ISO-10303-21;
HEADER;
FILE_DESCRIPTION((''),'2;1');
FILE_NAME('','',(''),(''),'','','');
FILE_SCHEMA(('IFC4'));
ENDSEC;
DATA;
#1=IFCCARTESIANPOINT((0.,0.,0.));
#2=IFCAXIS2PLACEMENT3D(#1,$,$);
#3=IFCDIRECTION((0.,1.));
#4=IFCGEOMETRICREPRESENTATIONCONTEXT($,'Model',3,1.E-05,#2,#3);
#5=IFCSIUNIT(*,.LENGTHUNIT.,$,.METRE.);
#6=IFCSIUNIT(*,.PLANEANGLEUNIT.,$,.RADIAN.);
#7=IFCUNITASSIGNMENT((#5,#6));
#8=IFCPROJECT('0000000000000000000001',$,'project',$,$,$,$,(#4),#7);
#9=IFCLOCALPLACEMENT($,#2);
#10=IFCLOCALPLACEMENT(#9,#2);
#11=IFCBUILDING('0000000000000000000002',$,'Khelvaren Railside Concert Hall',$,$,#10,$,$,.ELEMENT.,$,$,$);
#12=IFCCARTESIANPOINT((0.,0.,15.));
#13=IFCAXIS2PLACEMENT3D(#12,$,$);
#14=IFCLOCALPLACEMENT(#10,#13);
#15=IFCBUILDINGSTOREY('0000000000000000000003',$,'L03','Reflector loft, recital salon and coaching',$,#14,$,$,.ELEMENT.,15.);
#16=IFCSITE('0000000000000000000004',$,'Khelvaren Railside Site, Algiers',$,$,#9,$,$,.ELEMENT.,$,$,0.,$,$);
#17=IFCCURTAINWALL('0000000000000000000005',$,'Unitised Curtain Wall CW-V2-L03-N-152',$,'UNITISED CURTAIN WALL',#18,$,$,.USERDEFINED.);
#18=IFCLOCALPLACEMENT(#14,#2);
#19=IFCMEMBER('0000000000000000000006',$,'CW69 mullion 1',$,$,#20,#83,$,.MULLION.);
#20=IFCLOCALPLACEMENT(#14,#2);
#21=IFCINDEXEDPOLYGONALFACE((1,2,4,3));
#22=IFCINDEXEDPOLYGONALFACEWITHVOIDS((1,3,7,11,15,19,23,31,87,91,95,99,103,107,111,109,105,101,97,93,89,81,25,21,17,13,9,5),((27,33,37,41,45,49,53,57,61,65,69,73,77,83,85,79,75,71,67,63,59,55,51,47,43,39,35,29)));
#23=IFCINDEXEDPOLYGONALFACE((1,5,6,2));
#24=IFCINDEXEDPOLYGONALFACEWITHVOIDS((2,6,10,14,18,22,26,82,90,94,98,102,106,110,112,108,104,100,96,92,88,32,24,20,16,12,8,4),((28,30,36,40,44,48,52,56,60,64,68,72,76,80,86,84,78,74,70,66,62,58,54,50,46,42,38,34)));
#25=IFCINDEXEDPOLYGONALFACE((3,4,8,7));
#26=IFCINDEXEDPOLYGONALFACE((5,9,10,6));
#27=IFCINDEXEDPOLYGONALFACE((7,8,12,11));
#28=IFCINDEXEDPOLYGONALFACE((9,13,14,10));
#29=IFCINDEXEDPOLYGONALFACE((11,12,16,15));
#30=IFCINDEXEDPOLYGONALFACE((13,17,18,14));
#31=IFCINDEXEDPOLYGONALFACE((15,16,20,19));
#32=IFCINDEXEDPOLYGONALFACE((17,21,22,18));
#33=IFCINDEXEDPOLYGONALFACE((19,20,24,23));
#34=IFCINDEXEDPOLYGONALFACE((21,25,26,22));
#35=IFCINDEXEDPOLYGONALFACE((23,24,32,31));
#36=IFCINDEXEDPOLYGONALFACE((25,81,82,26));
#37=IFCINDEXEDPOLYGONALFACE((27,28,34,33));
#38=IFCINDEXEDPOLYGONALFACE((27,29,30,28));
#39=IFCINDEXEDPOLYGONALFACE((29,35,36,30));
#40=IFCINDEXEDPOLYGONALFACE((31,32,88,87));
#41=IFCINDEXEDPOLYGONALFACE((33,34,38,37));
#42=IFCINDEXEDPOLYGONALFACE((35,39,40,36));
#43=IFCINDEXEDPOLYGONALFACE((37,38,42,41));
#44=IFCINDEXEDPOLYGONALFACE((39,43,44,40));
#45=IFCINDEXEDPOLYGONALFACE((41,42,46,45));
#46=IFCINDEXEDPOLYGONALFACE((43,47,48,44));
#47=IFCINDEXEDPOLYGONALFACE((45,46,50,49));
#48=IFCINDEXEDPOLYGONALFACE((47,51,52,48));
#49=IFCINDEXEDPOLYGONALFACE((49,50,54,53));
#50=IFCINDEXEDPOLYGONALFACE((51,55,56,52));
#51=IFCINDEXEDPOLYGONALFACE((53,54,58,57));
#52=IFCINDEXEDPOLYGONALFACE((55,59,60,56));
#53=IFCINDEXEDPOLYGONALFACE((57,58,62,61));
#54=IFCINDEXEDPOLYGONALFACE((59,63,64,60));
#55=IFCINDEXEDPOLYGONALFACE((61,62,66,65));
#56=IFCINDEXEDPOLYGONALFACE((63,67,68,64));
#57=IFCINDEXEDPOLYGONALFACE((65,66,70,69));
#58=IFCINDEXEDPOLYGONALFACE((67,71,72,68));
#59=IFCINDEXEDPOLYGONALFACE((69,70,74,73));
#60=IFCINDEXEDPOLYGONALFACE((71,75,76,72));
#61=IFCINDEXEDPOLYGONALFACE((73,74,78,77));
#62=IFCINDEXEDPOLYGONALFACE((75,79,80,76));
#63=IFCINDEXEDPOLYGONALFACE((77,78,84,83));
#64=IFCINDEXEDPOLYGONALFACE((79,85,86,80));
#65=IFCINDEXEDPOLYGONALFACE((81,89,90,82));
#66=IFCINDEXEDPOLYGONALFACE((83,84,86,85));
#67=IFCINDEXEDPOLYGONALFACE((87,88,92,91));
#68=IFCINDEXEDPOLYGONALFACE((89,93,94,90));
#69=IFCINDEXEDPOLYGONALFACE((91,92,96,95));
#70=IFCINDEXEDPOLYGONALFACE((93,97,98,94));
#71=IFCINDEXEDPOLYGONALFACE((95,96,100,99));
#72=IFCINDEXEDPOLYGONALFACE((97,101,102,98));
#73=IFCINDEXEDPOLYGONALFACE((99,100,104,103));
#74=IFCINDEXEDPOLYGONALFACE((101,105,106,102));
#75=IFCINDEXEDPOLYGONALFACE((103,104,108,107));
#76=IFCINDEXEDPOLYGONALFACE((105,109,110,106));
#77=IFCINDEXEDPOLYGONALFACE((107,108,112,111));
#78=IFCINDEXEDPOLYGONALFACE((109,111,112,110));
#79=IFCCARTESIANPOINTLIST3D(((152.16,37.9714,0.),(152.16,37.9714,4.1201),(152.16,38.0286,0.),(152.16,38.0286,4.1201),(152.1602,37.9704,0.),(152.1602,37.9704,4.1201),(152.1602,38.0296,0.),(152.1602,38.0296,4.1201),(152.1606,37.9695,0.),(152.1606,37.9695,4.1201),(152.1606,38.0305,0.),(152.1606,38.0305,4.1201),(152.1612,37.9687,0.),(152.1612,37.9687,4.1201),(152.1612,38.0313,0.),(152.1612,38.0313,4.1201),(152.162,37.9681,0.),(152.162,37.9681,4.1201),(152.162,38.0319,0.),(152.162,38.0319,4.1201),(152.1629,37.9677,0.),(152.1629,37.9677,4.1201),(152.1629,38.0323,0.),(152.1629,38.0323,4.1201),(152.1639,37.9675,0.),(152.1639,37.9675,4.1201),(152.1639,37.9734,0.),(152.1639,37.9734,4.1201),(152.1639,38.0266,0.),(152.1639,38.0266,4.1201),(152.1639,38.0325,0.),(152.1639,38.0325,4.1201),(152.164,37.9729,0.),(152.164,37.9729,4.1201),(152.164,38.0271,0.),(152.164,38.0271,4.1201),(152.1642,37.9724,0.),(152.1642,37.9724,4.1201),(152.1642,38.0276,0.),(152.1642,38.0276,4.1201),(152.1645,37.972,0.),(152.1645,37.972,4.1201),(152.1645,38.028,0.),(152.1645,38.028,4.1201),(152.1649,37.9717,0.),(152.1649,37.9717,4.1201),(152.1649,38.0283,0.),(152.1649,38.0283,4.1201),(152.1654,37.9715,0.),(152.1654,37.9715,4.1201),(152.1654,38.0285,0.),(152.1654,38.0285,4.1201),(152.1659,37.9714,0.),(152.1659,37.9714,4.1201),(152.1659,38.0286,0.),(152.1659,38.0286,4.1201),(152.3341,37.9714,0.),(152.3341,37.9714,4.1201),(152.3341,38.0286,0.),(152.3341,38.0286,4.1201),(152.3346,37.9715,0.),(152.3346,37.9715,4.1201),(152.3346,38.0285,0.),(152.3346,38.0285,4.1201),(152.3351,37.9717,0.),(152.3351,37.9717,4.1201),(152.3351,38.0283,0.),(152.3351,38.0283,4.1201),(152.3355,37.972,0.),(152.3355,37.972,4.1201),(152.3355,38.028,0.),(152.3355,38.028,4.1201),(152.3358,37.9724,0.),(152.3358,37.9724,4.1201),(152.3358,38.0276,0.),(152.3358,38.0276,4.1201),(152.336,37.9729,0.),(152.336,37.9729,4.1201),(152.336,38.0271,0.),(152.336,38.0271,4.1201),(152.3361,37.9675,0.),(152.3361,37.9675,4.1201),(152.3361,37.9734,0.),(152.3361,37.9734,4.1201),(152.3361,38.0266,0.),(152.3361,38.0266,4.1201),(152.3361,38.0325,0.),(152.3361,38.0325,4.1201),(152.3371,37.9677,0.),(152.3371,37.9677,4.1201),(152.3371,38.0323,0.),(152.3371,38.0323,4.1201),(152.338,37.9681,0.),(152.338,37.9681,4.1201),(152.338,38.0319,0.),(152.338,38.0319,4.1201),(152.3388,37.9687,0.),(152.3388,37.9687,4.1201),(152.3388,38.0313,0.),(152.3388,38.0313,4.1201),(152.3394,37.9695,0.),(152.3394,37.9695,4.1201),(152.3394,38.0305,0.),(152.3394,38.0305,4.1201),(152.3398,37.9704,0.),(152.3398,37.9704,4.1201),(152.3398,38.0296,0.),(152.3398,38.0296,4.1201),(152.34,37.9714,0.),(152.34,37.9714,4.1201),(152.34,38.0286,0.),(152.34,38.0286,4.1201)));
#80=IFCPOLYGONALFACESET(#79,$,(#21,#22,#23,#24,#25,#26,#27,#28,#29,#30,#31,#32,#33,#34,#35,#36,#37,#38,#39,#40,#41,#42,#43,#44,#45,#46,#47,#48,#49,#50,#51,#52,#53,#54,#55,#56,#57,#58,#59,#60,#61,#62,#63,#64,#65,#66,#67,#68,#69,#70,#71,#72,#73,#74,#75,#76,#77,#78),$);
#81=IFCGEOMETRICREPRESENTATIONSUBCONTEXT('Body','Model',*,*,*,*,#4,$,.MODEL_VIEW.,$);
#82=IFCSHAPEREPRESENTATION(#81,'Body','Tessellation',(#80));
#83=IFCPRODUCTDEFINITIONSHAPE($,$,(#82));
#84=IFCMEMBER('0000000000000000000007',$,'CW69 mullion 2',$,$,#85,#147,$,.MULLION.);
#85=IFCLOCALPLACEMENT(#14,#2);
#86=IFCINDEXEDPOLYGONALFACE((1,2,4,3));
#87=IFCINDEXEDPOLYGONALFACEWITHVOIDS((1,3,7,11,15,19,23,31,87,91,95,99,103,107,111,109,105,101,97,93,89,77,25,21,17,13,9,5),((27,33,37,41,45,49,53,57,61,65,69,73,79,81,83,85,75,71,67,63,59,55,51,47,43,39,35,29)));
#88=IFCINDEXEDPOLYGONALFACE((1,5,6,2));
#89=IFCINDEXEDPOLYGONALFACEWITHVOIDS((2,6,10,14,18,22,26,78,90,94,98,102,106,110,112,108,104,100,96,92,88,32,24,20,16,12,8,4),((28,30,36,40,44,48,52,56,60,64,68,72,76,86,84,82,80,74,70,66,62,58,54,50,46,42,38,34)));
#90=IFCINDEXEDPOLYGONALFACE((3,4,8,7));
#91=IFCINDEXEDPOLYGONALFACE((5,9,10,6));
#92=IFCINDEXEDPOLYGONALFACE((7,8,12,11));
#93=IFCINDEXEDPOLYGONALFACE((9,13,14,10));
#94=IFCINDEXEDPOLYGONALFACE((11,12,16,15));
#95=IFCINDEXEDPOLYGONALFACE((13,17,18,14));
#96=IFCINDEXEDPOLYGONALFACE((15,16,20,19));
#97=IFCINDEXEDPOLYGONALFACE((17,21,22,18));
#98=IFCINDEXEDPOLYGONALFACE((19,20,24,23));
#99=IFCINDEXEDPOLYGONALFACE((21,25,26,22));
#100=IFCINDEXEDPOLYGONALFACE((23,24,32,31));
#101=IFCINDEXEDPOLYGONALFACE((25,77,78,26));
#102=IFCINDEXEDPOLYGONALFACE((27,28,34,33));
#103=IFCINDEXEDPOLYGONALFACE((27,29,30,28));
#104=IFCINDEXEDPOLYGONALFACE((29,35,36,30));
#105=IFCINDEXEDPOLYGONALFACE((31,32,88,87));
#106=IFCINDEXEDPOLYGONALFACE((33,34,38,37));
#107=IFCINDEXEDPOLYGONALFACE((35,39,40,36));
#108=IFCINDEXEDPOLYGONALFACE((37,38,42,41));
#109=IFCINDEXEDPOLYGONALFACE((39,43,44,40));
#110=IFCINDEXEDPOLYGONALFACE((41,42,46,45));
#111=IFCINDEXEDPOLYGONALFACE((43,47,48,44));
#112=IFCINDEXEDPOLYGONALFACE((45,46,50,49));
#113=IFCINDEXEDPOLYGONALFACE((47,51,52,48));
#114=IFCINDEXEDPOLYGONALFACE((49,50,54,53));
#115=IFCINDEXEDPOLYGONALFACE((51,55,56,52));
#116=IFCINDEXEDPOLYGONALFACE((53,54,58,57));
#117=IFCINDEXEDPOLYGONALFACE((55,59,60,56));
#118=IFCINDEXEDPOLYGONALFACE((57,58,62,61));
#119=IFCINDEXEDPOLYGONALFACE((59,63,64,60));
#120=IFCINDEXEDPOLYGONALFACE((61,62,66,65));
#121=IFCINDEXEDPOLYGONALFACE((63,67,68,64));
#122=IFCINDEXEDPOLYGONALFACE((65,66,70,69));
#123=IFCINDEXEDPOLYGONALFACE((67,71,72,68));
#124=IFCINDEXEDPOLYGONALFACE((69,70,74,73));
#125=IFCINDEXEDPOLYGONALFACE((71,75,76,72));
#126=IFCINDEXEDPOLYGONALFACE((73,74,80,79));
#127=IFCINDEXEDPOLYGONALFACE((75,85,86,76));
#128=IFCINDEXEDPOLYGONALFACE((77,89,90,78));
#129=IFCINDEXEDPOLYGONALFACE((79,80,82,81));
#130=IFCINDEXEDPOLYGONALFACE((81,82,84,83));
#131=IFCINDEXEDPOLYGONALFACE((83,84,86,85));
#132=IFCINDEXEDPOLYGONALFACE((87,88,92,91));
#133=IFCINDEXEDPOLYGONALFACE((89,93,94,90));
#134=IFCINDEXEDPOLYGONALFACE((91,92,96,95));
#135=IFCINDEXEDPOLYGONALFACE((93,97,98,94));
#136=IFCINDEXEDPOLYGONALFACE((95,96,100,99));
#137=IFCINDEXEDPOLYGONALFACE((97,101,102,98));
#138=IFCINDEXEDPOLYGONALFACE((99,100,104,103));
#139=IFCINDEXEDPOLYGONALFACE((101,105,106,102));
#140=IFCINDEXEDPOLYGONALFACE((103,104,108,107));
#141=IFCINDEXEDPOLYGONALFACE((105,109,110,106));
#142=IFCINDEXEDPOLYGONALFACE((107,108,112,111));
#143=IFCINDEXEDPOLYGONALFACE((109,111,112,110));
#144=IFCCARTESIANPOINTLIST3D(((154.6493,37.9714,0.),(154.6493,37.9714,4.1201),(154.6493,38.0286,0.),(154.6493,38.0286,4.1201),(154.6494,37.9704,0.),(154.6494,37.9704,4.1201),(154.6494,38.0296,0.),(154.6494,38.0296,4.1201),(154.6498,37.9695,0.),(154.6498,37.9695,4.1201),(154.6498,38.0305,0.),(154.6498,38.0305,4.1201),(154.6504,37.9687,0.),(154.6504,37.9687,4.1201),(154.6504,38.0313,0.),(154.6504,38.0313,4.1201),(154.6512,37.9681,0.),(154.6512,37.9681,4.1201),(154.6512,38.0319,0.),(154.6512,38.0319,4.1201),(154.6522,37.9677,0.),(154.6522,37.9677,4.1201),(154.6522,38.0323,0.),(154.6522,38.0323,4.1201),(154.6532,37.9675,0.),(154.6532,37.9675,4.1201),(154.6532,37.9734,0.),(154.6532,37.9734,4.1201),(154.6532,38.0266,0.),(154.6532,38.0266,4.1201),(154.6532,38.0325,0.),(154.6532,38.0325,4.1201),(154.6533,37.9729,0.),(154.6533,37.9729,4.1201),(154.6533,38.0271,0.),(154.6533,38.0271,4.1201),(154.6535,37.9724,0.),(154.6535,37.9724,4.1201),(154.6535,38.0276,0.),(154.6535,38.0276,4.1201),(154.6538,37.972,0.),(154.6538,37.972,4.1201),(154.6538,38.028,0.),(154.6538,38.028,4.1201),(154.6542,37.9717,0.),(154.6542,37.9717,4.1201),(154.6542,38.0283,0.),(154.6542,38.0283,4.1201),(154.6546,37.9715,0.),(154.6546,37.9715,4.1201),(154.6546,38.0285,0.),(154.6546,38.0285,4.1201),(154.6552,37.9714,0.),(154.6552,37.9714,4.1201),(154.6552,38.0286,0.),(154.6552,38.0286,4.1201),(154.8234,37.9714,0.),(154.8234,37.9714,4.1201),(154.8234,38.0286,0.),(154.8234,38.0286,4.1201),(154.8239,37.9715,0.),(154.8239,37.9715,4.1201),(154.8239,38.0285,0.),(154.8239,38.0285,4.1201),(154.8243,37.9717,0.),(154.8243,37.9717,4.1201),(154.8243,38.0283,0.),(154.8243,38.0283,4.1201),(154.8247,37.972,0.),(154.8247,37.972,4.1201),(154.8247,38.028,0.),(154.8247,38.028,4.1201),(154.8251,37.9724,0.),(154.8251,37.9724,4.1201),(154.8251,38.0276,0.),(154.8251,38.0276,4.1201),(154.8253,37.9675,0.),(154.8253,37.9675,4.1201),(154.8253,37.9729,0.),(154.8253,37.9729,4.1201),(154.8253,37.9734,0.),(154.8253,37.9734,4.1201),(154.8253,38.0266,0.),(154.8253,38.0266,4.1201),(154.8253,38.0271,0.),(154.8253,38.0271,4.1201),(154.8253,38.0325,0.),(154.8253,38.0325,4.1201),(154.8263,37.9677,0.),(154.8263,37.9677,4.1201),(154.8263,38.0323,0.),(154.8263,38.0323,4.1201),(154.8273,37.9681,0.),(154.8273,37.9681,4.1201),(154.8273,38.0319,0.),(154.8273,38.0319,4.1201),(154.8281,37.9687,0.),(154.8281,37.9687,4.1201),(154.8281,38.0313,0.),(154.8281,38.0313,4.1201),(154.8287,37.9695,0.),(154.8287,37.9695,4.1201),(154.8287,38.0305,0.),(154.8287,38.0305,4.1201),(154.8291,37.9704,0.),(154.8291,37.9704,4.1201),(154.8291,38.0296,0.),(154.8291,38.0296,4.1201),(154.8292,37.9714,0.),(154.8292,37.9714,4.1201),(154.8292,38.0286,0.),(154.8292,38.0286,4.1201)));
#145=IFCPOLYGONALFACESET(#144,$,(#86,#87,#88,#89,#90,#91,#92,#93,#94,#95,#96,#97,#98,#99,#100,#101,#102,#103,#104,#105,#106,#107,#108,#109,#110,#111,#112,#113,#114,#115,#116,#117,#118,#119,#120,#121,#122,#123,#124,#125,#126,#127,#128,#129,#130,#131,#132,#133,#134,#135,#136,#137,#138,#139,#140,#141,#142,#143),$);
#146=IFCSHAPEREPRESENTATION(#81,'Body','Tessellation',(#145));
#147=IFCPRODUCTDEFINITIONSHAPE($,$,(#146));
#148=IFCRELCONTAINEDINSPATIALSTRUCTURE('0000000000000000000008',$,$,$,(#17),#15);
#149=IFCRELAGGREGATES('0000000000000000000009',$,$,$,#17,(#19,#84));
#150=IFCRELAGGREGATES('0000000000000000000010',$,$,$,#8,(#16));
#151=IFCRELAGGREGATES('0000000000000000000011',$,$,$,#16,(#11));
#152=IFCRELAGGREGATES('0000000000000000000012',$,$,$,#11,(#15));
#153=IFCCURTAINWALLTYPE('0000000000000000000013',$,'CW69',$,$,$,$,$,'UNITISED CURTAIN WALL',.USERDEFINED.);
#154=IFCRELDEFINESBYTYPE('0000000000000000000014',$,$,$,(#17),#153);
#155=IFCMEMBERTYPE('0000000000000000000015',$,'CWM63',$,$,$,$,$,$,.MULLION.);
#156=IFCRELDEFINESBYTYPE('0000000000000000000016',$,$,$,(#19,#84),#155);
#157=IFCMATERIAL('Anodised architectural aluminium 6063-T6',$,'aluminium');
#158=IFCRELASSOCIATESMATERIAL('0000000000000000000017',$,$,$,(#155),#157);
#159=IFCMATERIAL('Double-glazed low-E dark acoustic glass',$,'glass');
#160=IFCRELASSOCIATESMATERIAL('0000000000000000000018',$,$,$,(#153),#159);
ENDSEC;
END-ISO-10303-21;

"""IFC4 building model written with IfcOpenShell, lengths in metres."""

from ifc_helpers import new_model, si_unit, direction, frame, origin, origin_2d, place, context, subcontext, project, spatial, hollow_rectangle, extrude, material, material_profile, profile_set, type_object, element, aggregate, save


model = new_model("IFC4")

# Units and contexts
model_context = context("Model", 3, precision=1e-05, world=origin(), true_north=direction((0.0, 1.0)))
body_context = subcontext(model_context, "Body", "Model", "MODEL_VIEW")
ifc_project = project(units=[si_unit("LENGTHUNIT", "METRE"), si_unit("PLANEANGLEUNIT", "RADIAN")], contexts=[model_context])

# Site, building, storey
site_placement = place(None, origin())
site = spatial("IfcSite", under=ifc_project, at=site_placement, Name="Khelvaren Railside Site, Algiers", CompositionType="ELEMENT", RefElevation=0.0)
building_placement = place(site_placement, origin())
building = spatial("IfcBuilding", under=site, at=building_placement, Name="Khelvaren Railside Concert Hall", CompositionType="ELEMENT")
storey_placement = place(building_placement, frame((0.0, 0.0, 15.0)))
storey = spatial("IfcBuildingStorey", under=building, at=storey_placement, Name="L03", Description="Reflector loft, recital salon and coaching", CompositionType="ELEMENT", Elevation=15.0)

# Curtain wall, members
ifc_material_1 = material(Name="Double-glazed low-E dark acoustic glass", Category="glass")
ifc_material_2 = material(Name="Anodised architectural aluminium 6063-T6", Category="aluminium")
ifc_material_profile_1 = material_profile(ifc_material_2, hollow_rectangle(XDim=0.0649, YDim=0.1799, WallThickness=0.0039, InnerFilletRadius=0.002, OuterFilletRadius=0.0039, at=origin_2d()), Name="CWM 65x180x4")
ifc_profile_set_1 = profile_set([ifc_material_profile_1], Name="Anodised architectural aluminium 6063-T6")
member_type_1 = type_object("IfcMemberType", Name="CWM63", PredefinedType="MULLION", material=ifc_profile_set_1)
curtain_wall_type_1 = type_object("IfcCurtainWallType", Name="CW69", ElementType="UNITISED CURTAIN WALL", PredefinedType="USERDEFINED", material=ifc_material_1)
curtain_wall_1_placement = place(storey_placement, origin())
curtain_wall_1 = element("IfcCurtainWall", 1, at=curtain_wall_1_placement, inside=storey, type_object=curtain_wall_type_1, Name="Unitised Curtain Wall CW-V2-L03-N-152", ObjectType="UNITISED CURTAIN WALL", PredefinedType="USERDEFINED")
member_1_placement = place(storey_placement, frame((152.25, 38.0, 0.0), z_axis=(0.0, 0.0, 1.0), x_axis=(0.0, 1.0, 0.0)))
member_1 = element("IfcMember", 2, at=member_1_placement, type_object=member_type_1, Name="CW69 mullion 1", PredefinedType="MULLION", context=body_context, shape_type="SweptSolid", body=[
    extrude(hollow_rectangle(XDim=0.0649, YDim=0.1799, WallThickness=0.0039, InnerFilletRadius=0.002, OuterFilletRadius=0.0039, at=origin_2d()), origin(), (0.0, 0.0, 1.0), 4.1201),
])
member_2_placement = place(storey_placement, frame((154.7393, 38.0, 0.0), z_axis=(0.0, 0.0, 1.0), x_axis=(0.0, 1.0, 0.0)))
member_2 = element("IfcMember", 3, at=member_2_placement, type_object=member_type_1, Name="CW69 mullion 2", PredefinedType="MULLION", context=body_context, shape_type="SweptSolid", body=[
    extrude(hollow_rectangle(XDim=0.0649, YDim=0.1799, WallThickness=0.0039, InnerFilletRadius=0.002, OuterFilletRadius=0.0039, at=origin_2d()), origin(), (0.0, 0.0, 1.0), 4.1201),
])

aggregate(curtain_wall_1, [member_1, member_2])

save(model, "model.ifc")
